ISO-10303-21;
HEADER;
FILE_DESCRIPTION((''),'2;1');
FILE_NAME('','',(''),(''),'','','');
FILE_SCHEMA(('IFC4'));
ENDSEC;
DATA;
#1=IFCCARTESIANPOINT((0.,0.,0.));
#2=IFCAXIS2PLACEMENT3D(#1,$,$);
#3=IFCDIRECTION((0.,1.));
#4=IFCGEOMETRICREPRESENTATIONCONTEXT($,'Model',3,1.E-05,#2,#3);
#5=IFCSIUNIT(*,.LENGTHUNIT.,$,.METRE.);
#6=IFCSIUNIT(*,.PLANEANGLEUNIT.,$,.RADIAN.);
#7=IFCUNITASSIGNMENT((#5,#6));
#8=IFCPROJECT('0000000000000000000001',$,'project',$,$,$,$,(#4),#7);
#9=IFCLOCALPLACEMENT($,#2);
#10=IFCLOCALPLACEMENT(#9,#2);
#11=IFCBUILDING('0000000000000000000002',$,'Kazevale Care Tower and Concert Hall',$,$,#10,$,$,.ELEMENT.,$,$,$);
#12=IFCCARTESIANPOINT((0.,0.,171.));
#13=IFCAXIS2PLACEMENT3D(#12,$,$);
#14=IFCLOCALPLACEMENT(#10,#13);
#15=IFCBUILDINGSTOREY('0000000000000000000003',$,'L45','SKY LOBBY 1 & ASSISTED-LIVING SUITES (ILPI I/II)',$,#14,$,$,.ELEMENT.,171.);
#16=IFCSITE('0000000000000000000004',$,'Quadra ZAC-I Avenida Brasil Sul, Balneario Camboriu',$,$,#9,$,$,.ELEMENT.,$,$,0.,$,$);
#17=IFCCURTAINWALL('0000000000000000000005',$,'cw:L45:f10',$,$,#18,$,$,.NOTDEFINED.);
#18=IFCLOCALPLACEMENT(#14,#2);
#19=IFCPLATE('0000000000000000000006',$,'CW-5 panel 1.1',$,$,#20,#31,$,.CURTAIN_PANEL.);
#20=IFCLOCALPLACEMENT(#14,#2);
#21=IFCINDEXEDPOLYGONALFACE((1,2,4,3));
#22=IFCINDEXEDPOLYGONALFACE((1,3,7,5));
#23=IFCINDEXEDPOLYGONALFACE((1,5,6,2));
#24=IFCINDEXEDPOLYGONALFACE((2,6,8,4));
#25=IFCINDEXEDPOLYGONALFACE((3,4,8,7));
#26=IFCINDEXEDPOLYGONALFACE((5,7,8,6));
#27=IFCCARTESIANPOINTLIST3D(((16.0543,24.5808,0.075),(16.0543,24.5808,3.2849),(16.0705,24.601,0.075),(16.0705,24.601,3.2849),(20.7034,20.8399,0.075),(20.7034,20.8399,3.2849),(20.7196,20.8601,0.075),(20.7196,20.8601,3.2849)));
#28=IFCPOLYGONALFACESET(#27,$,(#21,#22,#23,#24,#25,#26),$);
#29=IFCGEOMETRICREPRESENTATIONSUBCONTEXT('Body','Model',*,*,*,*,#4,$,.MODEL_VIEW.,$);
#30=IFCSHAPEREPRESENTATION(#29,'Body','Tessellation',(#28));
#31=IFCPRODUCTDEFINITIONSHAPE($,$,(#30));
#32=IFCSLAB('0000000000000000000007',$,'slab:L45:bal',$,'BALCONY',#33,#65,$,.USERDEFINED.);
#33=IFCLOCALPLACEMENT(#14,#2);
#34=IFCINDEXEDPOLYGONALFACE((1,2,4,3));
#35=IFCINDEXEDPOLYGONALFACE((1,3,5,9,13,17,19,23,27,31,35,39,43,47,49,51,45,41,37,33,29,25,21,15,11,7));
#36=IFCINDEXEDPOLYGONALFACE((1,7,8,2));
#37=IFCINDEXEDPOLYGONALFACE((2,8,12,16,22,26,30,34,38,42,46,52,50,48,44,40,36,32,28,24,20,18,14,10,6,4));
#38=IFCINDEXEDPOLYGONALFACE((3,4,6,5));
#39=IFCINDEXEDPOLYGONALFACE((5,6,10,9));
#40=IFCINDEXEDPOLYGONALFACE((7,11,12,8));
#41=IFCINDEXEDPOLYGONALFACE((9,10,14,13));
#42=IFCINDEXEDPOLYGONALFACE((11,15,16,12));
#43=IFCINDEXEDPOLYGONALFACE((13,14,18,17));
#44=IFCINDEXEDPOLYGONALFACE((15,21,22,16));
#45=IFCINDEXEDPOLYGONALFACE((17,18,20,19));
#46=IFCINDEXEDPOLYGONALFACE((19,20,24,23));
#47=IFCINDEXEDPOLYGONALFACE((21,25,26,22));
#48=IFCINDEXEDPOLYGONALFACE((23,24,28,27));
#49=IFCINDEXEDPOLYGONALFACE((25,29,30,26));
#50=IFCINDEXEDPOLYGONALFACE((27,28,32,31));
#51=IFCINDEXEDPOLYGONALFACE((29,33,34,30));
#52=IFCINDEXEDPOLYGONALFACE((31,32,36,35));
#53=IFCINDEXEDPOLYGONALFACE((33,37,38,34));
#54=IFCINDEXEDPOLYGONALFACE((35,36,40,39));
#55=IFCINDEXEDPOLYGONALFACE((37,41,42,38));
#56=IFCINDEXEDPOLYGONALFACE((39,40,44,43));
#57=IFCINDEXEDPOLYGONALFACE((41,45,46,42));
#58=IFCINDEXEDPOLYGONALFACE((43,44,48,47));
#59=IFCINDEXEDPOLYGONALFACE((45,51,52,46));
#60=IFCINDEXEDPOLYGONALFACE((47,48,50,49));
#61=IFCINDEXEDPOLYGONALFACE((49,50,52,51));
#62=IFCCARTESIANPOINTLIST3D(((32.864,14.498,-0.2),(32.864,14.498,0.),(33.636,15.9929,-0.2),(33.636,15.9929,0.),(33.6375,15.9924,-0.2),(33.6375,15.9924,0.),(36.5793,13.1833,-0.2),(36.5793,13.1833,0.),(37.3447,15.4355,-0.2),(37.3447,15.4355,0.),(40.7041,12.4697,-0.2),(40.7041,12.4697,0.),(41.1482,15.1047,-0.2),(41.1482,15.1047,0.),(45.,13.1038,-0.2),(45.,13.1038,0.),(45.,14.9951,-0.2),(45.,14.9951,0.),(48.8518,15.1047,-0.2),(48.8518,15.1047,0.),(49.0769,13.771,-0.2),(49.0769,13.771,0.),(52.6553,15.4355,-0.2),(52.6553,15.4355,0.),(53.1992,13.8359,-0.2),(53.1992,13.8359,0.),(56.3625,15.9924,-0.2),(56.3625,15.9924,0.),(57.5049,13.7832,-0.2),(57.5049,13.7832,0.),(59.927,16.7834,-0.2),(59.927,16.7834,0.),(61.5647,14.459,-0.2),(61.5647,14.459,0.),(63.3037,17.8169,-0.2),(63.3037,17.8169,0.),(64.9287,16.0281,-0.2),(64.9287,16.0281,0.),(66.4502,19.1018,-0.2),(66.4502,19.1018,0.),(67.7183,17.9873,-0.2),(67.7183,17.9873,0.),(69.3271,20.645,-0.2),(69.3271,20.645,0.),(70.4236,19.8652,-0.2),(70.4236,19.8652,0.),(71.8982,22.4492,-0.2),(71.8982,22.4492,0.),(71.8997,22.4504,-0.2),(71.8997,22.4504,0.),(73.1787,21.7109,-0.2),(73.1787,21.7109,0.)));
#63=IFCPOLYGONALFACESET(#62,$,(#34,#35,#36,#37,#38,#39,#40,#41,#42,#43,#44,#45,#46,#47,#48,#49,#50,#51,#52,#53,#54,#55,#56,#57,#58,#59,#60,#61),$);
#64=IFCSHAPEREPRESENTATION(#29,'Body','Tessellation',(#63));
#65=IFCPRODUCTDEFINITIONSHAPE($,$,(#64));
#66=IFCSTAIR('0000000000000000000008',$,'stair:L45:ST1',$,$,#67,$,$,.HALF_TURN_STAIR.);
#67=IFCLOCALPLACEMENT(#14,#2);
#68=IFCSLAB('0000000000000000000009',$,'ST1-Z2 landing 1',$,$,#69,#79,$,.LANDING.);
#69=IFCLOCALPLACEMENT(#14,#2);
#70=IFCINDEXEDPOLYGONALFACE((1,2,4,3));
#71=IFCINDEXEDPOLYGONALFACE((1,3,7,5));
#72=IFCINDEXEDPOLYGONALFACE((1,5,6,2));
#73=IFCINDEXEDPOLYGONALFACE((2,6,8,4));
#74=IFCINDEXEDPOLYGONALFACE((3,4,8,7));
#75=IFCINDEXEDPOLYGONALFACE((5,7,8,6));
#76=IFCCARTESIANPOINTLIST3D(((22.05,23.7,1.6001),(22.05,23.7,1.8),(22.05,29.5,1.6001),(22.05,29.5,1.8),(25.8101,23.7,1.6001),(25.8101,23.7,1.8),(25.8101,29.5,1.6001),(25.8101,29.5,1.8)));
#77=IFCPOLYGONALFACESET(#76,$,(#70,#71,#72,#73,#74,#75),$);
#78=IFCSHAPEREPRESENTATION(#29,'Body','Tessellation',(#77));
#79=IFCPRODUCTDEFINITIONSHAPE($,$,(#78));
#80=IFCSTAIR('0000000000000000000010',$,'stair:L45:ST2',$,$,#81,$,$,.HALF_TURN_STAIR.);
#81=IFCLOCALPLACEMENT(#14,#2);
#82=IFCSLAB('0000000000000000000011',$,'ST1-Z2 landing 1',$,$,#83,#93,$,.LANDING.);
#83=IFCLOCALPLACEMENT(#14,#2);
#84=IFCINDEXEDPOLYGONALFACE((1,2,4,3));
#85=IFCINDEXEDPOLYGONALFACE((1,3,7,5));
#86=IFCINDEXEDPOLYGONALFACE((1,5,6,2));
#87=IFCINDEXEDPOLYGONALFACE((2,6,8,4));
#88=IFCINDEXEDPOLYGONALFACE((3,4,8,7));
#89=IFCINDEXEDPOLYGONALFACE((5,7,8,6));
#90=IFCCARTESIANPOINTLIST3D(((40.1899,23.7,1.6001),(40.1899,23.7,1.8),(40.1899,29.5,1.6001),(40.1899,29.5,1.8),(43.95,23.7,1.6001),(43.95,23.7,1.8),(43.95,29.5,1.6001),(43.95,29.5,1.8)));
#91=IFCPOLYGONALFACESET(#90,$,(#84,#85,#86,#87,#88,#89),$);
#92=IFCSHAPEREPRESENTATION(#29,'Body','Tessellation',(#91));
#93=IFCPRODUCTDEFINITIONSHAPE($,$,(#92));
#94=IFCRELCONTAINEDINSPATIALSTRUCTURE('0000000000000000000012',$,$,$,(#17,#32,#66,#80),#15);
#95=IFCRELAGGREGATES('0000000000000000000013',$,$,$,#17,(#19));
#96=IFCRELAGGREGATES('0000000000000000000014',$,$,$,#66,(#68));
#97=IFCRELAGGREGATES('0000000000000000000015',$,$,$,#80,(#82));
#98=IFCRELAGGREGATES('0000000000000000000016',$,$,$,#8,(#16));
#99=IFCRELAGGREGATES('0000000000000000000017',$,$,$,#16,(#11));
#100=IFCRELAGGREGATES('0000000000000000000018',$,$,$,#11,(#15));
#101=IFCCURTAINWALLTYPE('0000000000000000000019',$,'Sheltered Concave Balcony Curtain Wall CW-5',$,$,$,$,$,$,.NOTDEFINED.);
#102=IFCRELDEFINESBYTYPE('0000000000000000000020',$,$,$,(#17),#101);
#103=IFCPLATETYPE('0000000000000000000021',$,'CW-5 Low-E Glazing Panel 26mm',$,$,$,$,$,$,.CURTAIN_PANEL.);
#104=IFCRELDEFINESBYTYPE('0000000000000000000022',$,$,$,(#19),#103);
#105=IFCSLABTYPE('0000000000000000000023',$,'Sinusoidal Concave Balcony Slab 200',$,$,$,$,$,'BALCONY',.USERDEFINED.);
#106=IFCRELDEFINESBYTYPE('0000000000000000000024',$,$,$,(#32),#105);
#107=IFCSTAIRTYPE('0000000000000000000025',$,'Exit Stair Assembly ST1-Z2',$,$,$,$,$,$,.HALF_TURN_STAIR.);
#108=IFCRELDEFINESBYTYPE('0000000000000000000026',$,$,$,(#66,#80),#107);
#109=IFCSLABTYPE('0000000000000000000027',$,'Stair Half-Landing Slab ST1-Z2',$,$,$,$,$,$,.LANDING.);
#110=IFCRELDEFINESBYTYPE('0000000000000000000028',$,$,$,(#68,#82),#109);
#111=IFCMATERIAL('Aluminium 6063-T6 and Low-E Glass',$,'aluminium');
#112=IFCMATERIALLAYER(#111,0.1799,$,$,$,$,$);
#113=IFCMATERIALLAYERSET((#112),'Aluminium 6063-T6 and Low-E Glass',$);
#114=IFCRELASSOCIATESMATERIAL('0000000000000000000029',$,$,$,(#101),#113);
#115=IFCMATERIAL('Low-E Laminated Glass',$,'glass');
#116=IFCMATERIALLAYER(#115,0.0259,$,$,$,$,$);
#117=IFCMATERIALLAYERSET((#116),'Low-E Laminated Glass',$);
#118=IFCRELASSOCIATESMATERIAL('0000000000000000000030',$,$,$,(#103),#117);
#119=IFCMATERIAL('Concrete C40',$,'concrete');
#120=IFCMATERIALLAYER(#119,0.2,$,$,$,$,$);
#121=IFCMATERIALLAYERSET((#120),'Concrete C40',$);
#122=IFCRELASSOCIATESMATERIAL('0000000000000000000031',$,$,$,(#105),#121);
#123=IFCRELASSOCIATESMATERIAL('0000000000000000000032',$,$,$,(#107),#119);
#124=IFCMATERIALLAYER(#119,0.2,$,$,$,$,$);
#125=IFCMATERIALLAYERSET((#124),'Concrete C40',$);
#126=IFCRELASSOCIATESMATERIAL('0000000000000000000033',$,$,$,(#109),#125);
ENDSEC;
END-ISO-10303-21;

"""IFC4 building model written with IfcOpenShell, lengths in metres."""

from ifc_helpers import new_model, si_unit, direction, frame, origin, origin_2d, place, context, subcontext, project, spatial, polyline, rectangle, outline, extrude, material, layer, layer_set, type_object, element, aggregate, save


model = new_model("IFC4")

# Units and contexts
model_context = context("Model", 3, precision=1e-05, world=origin(), true_north=direction((0.0, 1.0)))
body_context = subcontext(model_context, "Body", "Model", "MODEL_VIEW")
ifc_project = project(units=[si_unit("LENGTHUNIT", "METRE"), si_unit("PLANEANGLEUNIT", "RADIAN")], contexts=[model_context])

# Site, building, storey
site_placement = place(None, origin())
site = spatial("IfcSite", under=ifc_project, at=site_placement, Name="Quadra ZAC-I Avenida Brasil Sul, Balneario Camboriu", CompositionType="ELEMENT", RefElevation=0.0)
building_placement = place(site_placement, origin())
building = spatial("IfcBuilding", under=site, at=building_placement, Name="Kazevale Care Tower and Concert Hall", CompositionType="ELEMENT")
storey_placement = place(building_placement, frame((0.0, 0.0, 171.0)))
storey = spatial("IfcBuildingStorey", under=building, at=storey_placement, Name="L45", Description="SKY LOBBY 1 & ASSISTED-LIVING SUITES (ILPI I/II)", CompositionType="ELEMENT", Elevation=171.0)

# Curtain wall
ifc_material_1 = material(Name="Aluminium 6063-T6 and Low-E Glass", Category="aluminium")
ifc_layer_1 = layer(ifc_material_1, 0.1799)
ifc_layer_set_1 = layer_set([ifc_layer_1], Name="Aluminium 6063-T6 and Low-E Glass")
curtain_wall_type = type_object("IfcCurtainWallType", Name="Sheltered Concave Balcony Curtain Wall CW-5", PredefinedType="NOTDEFINED", material=ifc_layer_set_1)
curtain_wall_placement = place(storey_placement, origin())
curtain_wall = element("IfcCurtainWall", 1, at=curtain_wall_placement, inside=storey, type_object=curtain_wall_type, Name="cw:L45:f10", PredefinedType="NOTDEFINED")

# Plate
ifc_material_2 = material(Name="Low-E Laminated Glass", Category="glass")
ifc_layer_2 = layer(ifc_material_2, 0.0259)
ifc_layer_set_2 = layer_set([ifc_layer_2], Name="Low-E Laminated Glass")
plate_type = type_object("IfcPlateType", Name="CW-5 Low-E Glazing Panel 26mm", PredefinedType="CURTAIN_PANEL", material=ifc_layer_set_2)
plate_placement = place(storey_placement, frame((18.387, 22.7205, 0.075), z_axis=(0.0, 0.0, 1.0), x_axis=(-0.779095, 0.626905, 0.0)))
plate = element("IfcPlate", 2, at=plate_placement, type_object=plate_type, Name="CW-5 panel 1.1", PredefinedType="CURTAIN_PANEL", context=body_context, shape_type="SweptSolid", body=[
    extrude(rectangle(XDim=5.9673, YDim=0.0259, at=origin_2d()), origin(), (0.0, 0.0, 1.0), 3.21),
])
aggregate(curtain_wall, [plate])

# Slab
ifc_material_3 = material(Name="Concrete C40", Category="concrete")
ifc_layer_3 = layer(ifc_material_3, 0.2)
ifc_layer_set_3 = layer_set([ifc_layer_3], Name="Concrete C40")
slab_type_1 = type_object("IfcSlabType", Name="Sinusoidal Concave Balcony Slab 200", ElementType="BALCONY", PredefinedType="USERDEFINED", material=ifc_layer_set_3)
slab_1_placement = place(storey_placement, frame((0.0, 0.0, -0.2)))
element("IfcSlab", 3, at=slab_1_placement, inside=storey, type_object=slab_type_1, Name="slab:L45:bal", ObjectType="BALCONY", PredefinedType="USERDEFINED", context=body_context, shape_type="SweptSolid", body=[
    extrude(outline(polyline([(73.1787, 21.7109), (70.4236, 19.8652), (67.7183, 17.9873), (64.9287, 16.0281), (61.5647, 14.459), (57.5049, 13.7832), (53.1992, 13.8359), (49.0769, 13.771), (45.0, 13.1038), (40.7041, 12.4697), (36.5793, 13.1833), (32.864, 14.498), (33.636, 15.9929), (33.6375, 15.9924), (37.3447, 15.4355), (41.1482, 15.1047), (45.0, 14.9951), (48.8518, 15.1047), (52.6553, 15.4355), (56.3625, 15.9924), (59.927, 16.7834), (63.3037, 17.8169), (66.4502, 19.1018), (69.3271, 20.645), (71.8982, 22.4492), (71.8997, 22.4504), (73.1787, 21.7109)])), origin(), (0.0, 0.0, 1.0), 0.2),
])

# Stairs, slabs
stair_type = type_object("IfcStairType", Name="Exit Stair Assembly ST1-Z2", PredefinedType="HALF_TURN_STAIR", material=ifc_material_3)
stair_1_placement = place(storey_placement, origin())
stair_1 = element("IfcStair", 4, at=stair_1_placement, inside=storey, type_object=stair_type, Name="stair:L45:ST1", PredefinedType="HALF_TURN_STAIR")
ifc_layer_4 = layer(ifc_material_3, 0.2)
ifc_layer_set_4 = layer_set([ifc_layer_4], Name="Concrete C40")
slab_type_2 = type_object("IfcSlabType", Name="Stair Half-Landing Slab ST1-Z2", PredefinedType="LANDING", material=ifc_layer_set_4)
slab_2_placement = place(storey_placement, frame((0.0, 0.0, 1.6001)))
slab_2 = element("IfcSlab", 5, at=slab_2_placement, type_object=slab_type_2, Name="ST1-Z2 landing 1", PredefinedType="LANDING", context=body_context, shape_type="SweptSolid", body=[
    extrude(outline(polyline([(22.05, 23.7), (25.8101, 23.7), (25.8101, 29.5), (22.05, 29.5), (22.05, 23.7)])), origin(), (0.0, 0.0, 1.0), 0.2),
])
aggregate(stair_1, [slab_2])
stair_2_placement = place(storey_placement, origin())
stair_2 = element("IfcStair", 6, at=stair_2_placement, inside=storey, type_object=stair_type, Name="stair:L45:ST2", PredefinedType="HALF_TURN_STAIR")
slab_3_placement = place(storey_placement, frame((0.0, 0.0, 1.6001)))
slab_3 = element("IfcSlab", 7, at=slab_3_placement, type_object=slab_type_2, Name="ST1-Z2 landing 1", PredefinedType="LANDING", context=body_context, shape_type="SweptSolid", body=[
    extrude(outline(polyline([(40.1899, 23.7), (43.95, 23.7), (43.95, 29.5), (40.1899, 29.5), (40.1899, 23.7)])), origin(), (0.0, 0.0, 1.0), 0.2),
])
aggregate(stair_2, [slab_3])

save(model, "model.ifc")
